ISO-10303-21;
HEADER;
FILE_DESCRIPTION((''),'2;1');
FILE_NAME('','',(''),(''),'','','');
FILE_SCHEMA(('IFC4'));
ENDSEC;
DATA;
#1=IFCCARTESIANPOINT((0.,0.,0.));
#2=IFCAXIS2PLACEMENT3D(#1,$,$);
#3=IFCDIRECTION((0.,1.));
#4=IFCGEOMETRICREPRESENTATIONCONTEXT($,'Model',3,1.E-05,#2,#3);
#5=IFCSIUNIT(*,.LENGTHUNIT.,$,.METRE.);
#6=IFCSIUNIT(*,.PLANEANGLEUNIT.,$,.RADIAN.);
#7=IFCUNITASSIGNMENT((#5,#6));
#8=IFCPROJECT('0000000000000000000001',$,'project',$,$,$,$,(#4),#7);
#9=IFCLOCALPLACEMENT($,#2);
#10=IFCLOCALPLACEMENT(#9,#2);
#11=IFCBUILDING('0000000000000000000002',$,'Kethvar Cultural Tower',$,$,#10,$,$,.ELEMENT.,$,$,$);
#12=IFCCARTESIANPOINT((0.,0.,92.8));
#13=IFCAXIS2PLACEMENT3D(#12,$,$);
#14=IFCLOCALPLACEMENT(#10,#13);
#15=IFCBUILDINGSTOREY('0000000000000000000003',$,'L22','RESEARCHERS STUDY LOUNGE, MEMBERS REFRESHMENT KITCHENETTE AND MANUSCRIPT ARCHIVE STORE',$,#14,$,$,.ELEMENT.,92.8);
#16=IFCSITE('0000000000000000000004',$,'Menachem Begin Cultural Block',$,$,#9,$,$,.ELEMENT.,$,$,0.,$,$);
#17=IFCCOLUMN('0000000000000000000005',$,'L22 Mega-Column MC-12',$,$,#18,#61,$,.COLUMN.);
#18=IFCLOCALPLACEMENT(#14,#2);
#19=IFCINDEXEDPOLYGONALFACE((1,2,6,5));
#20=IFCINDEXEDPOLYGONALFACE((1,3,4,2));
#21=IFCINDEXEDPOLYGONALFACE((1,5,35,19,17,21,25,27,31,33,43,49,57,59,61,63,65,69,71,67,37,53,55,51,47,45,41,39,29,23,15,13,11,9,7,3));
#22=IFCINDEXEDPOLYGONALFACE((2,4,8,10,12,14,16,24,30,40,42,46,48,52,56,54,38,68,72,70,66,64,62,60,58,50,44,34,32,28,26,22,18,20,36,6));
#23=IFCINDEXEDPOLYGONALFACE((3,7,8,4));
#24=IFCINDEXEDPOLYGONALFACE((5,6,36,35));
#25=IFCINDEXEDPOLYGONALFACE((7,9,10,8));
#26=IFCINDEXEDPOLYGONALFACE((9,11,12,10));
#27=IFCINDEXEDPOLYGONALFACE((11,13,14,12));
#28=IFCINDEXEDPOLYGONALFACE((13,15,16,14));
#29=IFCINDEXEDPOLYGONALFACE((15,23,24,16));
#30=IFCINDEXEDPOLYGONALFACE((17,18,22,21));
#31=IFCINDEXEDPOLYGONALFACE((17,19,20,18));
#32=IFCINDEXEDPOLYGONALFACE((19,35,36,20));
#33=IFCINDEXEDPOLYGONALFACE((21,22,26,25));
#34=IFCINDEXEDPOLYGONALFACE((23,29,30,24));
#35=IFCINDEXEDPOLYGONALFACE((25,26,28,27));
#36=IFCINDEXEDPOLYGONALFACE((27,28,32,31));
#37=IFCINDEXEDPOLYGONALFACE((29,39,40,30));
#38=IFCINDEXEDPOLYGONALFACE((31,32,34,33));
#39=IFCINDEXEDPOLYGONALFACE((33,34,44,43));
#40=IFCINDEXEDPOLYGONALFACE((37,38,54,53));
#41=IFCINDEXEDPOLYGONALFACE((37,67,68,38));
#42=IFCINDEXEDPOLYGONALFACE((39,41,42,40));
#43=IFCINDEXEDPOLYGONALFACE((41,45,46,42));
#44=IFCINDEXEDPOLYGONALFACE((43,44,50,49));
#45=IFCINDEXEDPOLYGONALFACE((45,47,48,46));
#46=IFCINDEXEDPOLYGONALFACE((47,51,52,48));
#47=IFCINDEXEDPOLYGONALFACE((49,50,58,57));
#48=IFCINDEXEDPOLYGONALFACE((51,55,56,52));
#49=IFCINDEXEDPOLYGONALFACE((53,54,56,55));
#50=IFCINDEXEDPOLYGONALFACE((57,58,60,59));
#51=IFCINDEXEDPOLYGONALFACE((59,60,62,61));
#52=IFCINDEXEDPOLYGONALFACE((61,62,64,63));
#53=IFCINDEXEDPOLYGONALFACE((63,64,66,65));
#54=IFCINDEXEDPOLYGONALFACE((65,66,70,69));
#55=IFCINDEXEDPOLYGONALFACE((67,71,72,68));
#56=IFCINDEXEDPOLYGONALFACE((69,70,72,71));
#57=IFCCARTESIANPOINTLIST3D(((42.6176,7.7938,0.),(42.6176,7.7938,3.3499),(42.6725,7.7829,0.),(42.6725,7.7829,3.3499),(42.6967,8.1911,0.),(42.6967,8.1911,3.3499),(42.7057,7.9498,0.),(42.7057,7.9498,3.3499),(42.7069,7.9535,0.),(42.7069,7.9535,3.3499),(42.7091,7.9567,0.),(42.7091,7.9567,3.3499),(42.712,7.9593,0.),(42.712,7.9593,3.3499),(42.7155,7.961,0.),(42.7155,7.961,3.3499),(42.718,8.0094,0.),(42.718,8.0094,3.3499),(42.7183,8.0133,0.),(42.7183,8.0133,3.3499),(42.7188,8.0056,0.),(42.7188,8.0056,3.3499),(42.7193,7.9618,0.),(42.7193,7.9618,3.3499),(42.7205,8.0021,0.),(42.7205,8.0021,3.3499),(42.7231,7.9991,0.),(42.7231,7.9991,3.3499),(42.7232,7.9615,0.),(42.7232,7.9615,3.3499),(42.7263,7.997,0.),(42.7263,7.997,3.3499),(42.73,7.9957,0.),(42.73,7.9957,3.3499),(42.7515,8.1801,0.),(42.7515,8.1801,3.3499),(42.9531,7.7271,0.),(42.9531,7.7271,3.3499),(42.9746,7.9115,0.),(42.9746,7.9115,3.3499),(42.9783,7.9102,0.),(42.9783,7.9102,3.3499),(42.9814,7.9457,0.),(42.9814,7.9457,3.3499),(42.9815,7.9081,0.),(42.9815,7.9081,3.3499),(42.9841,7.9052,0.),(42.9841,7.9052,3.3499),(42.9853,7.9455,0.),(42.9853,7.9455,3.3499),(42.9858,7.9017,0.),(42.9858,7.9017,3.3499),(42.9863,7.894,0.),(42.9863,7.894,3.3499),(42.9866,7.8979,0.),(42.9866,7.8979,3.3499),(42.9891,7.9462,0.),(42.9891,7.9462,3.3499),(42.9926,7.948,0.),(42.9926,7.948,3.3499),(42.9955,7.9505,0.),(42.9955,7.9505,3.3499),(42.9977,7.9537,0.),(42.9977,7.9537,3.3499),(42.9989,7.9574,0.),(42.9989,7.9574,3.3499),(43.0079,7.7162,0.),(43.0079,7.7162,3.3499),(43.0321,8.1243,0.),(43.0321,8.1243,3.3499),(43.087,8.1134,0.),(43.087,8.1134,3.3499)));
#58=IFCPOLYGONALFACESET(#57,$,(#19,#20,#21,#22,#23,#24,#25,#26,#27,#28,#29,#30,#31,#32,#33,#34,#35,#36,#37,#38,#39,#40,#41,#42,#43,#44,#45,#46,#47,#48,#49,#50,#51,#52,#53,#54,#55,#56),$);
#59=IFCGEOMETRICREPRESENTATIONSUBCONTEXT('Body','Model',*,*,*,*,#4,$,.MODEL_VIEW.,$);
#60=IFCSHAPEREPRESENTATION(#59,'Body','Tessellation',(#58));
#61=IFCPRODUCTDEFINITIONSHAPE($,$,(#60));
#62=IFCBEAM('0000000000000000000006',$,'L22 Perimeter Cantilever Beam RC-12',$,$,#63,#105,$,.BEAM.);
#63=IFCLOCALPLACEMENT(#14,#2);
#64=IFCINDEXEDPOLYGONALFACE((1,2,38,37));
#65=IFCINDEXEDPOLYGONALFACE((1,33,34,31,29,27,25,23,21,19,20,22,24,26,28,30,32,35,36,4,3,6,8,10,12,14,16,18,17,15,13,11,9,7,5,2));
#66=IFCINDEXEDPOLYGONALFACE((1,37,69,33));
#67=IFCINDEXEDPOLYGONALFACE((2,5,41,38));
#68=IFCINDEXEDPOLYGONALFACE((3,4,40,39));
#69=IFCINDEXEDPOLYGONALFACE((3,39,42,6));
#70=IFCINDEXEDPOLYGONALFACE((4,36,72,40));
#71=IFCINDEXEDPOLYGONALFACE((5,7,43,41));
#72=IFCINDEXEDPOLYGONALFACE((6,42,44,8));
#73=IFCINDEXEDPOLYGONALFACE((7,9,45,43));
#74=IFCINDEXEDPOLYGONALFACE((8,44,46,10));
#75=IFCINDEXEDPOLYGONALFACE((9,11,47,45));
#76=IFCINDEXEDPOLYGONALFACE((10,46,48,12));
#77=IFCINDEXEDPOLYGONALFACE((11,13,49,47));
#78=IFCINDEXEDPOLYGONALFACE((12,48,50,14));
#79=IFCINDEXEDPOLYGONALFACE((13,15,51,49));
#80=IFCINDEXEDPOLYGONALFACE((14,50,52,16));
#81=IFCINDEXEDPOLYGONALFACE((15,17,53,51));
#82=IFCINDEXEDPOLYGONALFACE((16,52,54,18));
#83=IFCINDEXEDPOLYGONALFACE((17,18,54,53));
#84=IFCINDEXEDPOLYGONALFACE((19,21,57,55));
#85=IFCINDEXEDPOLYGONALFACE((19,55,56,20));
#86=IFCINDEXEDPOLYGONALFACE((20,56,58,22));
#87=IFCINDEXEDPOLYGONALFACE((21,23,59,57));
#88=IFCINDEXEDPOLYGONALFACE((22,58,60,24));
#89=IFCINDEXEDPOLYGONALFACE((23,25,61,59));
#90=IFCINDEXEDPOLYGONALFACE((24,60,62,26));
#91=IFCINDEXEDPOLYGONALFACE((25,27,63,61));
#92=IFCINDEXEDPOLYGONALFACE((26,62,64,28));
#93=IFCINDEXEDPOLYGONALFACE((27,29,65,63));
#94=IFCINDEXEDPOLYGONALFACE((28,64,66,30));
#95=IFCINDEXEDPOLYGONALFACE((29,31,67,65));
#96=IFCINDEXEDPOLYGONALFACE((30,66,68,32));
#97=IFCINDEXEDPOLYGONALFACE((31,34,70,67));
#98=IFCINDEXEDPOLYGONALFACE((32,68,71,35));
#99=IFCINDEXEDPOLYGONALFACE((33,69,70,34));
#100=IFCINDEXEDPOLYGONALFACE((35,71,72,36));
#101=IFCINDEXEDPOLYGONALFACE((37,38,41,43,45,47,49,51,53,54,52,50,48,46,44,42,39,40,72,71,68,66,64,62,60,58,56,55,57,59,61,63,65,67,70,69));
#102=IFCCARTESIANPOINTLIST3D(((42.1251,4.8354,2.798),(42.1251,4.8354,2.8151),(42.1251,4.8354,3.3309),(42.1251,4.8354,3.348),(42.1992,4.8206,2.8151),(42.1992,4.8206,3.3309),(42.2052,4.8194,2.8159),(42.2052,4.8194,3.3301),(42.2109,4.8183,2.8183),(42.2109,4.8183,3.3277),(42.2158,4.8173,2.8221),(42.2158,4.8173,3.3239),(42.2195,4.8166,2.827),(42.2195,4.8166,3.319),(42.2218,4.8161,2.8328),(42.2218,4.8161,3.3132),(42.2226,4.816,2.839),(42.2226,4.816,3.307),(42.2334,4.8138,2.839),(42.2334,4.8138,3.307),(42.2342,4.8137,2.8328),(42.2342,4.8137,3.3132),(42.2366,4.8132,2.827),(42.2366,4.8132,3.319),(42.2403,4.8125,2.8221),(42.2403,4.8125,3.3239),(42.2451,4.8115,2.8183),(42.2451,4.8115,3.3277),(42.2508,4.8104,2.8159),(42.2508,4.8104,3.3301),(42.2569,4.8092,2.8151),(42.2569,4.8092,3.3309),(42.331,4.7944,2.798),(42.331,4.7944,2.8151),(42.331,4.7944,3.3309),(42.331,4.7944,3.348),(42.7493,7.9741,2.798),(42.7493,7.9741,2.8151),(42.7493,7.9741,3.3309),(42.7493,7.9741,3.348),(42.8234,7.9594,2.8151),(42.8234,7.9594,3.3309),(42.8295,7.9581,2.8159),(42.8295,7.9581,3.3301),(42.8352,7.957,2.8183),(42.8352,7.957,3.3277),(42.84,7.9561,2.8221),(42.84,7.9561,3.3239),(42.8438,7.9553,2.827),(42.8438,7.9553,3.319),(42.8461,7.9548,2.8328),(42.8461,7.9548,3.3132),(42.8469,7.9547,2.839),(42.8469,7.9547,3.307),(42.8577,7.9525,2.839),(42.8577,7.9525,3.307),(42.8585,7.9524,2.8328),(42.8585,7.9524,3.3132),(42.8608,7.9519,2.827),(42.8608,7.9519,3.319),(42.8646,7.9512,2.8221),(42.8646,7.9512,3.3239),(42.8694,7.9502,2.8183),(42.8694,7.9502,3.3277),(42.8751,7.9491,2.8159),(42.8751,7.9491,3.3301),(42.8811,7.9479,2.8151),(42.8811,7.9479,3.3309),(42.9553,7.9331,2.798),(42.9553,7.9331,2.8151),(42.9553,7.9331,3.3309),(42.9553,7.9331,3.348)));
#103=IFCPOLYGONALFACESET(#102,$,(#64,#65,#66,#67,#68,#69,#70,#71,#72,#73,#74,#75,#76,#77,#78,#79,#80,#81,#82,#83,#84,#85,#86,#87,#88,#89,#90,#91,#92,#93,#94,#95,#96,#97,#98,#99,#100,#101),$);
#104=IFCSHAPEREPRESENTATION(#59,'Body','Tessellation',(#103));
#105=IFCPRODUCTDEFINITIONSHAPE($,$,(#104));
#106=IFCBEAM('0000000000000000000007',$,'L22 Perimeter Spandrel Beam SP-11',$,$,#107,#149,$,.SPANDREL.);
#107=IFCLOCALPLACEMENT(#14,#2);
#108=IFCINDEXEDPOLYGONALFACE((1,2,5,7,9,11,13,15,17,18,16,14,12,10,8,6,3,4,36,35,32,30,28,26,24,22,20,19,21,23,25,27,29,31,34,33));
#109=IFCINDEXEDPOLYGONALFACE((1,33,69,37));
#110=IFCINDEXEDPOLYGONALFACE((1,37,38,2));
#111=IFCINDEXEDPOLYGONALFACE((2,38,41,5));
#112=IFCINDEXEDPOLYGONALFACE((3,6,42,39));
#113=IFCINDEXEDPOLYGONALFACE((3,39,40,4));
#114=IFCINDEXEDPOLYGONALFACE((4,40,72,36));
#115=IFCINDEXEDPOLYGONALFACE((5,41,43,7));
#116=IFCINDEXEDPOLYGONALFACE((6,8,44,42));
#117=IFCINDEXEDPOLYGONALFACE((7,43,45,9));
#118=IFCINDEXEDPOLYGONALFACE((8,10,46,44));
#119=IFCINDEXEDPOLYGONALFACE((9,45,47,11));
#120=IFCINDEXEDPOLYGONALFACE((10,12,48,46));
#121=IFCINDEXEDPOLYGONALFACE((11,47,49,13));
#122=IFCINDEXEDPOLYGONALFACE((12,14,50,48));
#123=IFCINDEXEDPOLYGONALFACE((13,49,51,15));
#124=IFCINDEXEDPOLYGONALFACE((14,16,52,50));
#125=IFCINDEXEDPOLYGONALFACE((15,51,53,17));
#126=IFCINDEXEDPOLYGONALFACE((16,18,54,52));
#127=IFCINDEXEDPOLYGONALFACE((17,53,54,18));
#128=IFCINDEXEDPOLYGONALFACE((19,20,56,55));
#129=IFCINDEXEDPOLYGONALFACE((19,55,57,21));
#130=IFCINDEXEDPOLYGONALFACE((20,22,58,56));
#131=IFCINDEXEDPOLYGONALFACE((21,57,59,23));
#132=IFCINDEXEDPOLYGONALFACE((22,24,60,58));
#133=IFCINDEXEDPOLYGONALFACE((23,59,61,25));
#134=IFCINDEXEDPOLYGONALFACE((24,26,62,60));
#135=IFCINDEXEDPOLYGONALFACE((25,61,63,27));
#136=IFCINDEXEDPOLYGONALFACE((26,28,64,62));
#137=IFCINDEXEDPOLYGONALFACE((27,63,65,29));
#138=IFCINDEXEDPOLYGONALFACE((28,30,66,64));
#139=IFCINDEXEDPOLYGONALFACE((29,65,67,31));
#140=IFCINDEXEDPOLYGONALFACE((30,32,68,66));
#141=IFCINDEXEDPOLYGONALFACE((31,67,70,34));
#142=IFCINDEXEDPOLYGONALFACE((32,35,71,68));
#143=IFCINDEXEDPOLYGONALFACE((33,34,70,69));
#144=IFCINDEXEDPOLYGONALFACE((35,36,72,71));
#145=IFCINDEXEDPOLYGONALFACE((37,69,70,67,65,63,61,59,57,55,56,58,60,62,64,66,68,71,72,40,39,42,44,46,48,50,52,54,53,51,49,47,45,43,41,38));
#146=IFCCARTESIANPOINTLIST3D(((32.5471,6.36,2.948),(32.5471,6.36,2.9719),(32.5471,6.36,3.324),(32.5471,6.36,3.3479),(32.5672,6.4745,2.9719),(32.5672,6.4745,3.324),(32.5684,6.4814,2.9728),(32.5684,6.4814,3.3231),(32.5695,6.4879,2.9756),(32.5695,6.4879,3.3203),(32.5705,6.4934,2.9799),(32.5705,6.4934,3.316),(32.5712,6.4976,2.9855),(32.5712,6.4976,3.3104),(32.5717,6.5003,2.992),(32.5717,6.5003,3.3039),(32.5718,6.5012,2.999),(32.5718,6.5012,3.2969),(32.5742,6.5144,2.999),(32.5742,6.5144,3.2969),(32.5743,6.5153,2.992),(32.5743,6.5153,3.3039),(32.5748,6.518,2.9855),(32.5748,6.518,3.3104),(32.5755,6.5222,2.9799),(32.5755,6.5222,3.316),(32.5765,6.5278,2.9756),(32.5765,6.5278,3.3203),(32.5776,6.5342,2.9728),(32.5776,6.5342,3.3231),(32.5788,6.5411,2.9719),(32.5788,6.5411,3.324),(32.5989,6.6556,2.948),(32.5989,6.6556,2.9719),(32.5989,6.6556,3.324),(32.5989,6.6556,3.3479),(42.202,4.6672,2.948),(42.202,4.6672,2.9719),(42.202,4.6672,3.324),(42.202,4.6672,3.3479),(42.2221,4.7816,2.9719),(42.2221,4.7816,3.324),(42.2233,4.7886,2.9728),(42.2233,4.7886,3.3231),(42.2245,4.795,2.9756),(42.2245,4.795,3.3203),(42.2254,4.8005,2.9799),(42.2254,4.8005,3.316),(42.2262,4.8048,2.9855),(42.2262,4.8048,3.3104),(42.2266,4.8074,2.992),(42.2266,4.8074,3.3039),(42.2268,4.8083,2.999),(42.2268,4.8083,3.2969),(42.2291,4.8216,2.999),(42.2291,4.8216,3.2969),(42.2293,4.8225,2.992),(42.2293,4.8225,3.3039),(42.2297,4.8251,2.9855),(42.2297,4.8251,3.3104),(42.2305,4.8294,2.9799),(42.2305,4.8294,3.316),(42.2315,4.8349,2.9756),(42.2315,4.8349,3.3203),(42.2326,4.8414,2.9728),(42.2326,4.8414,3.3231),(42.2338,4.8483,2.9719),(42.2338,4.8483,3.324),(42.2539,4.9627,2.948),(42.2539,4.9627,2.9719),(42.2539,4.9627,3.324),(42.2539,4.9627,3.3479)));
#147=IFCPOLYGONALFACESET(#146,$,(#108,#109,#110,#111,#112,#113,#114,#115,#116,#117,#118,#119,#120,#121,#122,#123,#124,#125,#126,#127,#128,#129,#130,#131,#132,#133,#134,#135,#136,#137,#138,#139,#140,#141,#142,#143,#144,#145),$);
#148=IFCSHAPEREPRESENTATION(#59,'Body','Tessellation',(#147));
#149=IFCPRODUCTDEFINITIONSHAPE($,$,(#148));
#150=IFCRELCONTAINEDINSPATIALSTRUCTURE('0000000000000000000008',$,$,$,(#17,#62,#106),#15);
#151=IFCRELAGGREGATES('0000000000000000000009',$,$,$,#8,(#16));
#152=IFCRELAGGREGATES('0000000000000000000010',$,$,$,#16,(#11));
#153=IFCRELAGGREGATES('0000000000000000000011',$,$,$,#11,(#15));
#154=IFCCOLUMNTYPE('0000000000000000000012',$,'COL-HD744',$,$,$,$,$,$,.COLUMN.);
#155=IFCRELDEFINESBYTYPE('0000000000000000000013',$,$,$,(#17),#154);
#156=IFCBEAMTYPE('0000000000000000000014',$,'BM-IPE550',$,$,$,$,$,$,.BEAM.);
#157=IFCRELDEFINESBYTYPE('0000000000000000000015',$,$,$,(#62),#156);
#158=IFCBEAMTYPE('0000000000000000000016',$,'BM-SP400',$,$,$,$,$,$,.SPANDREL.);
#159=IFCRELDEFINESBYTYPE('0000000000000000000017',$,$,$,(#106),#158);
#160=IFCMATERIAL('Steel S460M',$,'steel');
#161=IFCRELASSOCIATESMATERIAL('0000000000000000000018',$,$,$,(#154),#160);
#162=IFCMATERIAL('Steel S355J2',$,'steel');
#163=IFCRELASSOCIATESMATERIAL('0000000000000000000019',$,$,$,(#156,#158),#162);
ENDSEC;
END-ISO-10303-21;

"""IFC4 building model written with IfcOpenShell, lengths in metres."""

from ifc_helpers import new_model, si_unit, direction, frame, origin, origin_2d, place, context, subcontext, project, spatial, i_section, extrude, source, transform, mapped, material, material_profile, profile_set, type_object, element, save


model = new_model("IFC4")

# Units and contexts
model_context = context("Model", 3, precision=1e-05, world=origin(), true_north=direction((0.0, 1.0)))
body_context = subcontext(model_context, "Body", "Model", "MODEL_VIEW")
ifc_project = project(units=[si_unit("LENGTHUNIT", "METRE"), si_unit("PLANEANGLEUNIT", "RADIAN")], contexts=[model_context])

# Site, building, storey
site_placement = place(None, origin())
site = spatial("IfcSite", under=ifc_project, at=site_placement, Name="Menachem Begin Cultural Block", CompositionType="ELEMENT", RefElevation=0.0)
building_placement = place(site_placement, origin())
building = spatial("IfcBuilding", under=site, at=building_placement, Name="Kethvar Cultural Tower", CompositionType="ELEMENT")
storey_placement = place(building_placement, frame((0.0, 0.0, 92.8)))
storey = spatial("IfcBuildingStorey", under=building, at=storey_placement, Name="L22", Description="RESEARCHERS STUDY LOUNGE, MEMBERS REFRESHMENT KITCHENETTE AND MANUSCRIPT ARCHIVE STORE", CompositionType="ELEMENT", Elevation=92.8)

# Column
ifc_material_1 = material(Name="Steel S460M", Category="steel")
ifc_material_profile_1 = material_profile(ifc_material_1, i_section(OverallWidth=0.405, OverallDepth=0.3979, WebThickness=0.0349, FlangeThickness=0.0559, FilletRadius=0.0149, at=origin_2d()), Name="Steel S460M — HD400x744")
ifc_profile_set_1 = profile_set([ifc_material_profile_1], Name="Steel S460M — HD400x744")
column_type = type_object("IfcColumnType", Name="COL-HD744", PredefinedType="COLUMN", material=ifc_profile_set_1)
shared_shape_1 = source(origin(), body_context, "Body", "SweptSolid", [
    extrude(i_section(OverallWidth=0.405, OverallDepth=0.3979, WebThickness=0.0349, FlangeThickness=0.0559, FilletRadius=0.0149, at=origin_2d()), origin(), (0.0, 0.0, 1.0), 3.3499),
])
column_placement = place(storey_placement, frame((42.8523, 7.9536, 0.0), z_axis=(0.0, 0.0, 1.0), x_axis=(-0.19509, -0.980785, 0.0)))
element("IfcColumn", 1, at=column_placement, inside=storey, type_object=column_type, Name="L22 Mega-Column MC-12", PredefinedType="COLUMN", context=body_context, shape_type="MappedRepresentation", body=[
    mapped(shared_shape_1, transform((0.0, 0.0, 0.0), scale=1.0)),
])

# Beams
ifc_material_2 = material(Name="Steel S355J2", Category="steel")
ifc_material_profile_2 = material_profile(ifc_material_2, i_section(OverallWidth=0.21, OverallDepth=0.55, WebThickness=0.011, FlangeThickness=0.0171, FilletRadius=0.0239, at=origin_2d()), Name="Steel S355J2 — IPE550")
ifc_profile_set_2 = profile_set([ifc_material_profile_2], Name="Steel S355J2 — IPE550")
beam_type_1 = type_object("IfcBeamType", Name="BM-IPE550", PredefinedType="BEAM", material=ifc_profile_set_2)
shared_shape_2 = source(origin(), body_context, "Body", "SweptSolid", [
    extrude(i_section(OverallWidth=0.21, OverallDepth=0.55, WebThickness=0.011, FlangeThickness=0.0171, FilletRadius=0.0239, at=origin_2d()), origin(), (0.0, 0.0, 1.0), 3.2002),
])
beam_1_placement = place(storey_placement, frame((42.8523, 7.9536, 3.073), z_axis=(-0.195074, -0.980788, 0.0), x_axis=(0.980788, -0.195074, 0.0)))
element("IfcBeam", 2, at=beam_1_placement, inside=storey, type_object=beam_type_1, Name="L22 Perimeter Cantilever Beam RC-12", PredefinedType="BEAM", context=body_context, shape_type="MappedRepresentation", body=[
    mapped(shared_shape_2, transform((0.0, 0.0, 0.0), scale=1.0)),
])
ifc_material_profile_3 = material_profile(ifc_material_2, i_section(OverallWidth=0.3, OverallDepth=0.3999, WebThickness=0.0134, FlangeThickness=0.0239, FilletRadius=0.0271, at=origin_2d()), Name="Steel S355J2 — HEB400")
ifc_profile_set_3 = profile_set([ifc_material_profile_3], Name="Steel S355J2 — HEB400")
beam_type_2 = type_object("IfcBeamType", Name="BM-SP400", PredefinedType="SPANDREL", material=ifc_profile_set_3)
shared_shape_3 = source(origin(), body_context, "Body", "SweptSolid", [
    extrude(i_section(OverallWidth=0.3, OverallDepth=0.3999, WebThickness=0.0134, FlangeThickness=0.0239, FilletRadius=0.0271, at=origin_2d()), origin(), (0.0, 0.0, 1.0), 9.8022),
])
beam_2_placement = place(storey_placement, frame((32.573, 6.5078, 3.1479), z_axis=(0.984974, -0.172701, 0.0), x_axis=(0.172701, 0.984974, 0.0)))
element("IfcBeam", 3, at=beam_2_placement, inside=storey, type_object=beam_type_2, Name="L22 Perimeter Spandrel Beam SP-11", PredefinedType="SPANDREL", context=body_context, shape_type="MappedRepresentation", body=[
    mapped(shared_shape_3, transform((0.0, 0.0, 0.0), scale=1.0)),
])

save(model, "model.ifc")
